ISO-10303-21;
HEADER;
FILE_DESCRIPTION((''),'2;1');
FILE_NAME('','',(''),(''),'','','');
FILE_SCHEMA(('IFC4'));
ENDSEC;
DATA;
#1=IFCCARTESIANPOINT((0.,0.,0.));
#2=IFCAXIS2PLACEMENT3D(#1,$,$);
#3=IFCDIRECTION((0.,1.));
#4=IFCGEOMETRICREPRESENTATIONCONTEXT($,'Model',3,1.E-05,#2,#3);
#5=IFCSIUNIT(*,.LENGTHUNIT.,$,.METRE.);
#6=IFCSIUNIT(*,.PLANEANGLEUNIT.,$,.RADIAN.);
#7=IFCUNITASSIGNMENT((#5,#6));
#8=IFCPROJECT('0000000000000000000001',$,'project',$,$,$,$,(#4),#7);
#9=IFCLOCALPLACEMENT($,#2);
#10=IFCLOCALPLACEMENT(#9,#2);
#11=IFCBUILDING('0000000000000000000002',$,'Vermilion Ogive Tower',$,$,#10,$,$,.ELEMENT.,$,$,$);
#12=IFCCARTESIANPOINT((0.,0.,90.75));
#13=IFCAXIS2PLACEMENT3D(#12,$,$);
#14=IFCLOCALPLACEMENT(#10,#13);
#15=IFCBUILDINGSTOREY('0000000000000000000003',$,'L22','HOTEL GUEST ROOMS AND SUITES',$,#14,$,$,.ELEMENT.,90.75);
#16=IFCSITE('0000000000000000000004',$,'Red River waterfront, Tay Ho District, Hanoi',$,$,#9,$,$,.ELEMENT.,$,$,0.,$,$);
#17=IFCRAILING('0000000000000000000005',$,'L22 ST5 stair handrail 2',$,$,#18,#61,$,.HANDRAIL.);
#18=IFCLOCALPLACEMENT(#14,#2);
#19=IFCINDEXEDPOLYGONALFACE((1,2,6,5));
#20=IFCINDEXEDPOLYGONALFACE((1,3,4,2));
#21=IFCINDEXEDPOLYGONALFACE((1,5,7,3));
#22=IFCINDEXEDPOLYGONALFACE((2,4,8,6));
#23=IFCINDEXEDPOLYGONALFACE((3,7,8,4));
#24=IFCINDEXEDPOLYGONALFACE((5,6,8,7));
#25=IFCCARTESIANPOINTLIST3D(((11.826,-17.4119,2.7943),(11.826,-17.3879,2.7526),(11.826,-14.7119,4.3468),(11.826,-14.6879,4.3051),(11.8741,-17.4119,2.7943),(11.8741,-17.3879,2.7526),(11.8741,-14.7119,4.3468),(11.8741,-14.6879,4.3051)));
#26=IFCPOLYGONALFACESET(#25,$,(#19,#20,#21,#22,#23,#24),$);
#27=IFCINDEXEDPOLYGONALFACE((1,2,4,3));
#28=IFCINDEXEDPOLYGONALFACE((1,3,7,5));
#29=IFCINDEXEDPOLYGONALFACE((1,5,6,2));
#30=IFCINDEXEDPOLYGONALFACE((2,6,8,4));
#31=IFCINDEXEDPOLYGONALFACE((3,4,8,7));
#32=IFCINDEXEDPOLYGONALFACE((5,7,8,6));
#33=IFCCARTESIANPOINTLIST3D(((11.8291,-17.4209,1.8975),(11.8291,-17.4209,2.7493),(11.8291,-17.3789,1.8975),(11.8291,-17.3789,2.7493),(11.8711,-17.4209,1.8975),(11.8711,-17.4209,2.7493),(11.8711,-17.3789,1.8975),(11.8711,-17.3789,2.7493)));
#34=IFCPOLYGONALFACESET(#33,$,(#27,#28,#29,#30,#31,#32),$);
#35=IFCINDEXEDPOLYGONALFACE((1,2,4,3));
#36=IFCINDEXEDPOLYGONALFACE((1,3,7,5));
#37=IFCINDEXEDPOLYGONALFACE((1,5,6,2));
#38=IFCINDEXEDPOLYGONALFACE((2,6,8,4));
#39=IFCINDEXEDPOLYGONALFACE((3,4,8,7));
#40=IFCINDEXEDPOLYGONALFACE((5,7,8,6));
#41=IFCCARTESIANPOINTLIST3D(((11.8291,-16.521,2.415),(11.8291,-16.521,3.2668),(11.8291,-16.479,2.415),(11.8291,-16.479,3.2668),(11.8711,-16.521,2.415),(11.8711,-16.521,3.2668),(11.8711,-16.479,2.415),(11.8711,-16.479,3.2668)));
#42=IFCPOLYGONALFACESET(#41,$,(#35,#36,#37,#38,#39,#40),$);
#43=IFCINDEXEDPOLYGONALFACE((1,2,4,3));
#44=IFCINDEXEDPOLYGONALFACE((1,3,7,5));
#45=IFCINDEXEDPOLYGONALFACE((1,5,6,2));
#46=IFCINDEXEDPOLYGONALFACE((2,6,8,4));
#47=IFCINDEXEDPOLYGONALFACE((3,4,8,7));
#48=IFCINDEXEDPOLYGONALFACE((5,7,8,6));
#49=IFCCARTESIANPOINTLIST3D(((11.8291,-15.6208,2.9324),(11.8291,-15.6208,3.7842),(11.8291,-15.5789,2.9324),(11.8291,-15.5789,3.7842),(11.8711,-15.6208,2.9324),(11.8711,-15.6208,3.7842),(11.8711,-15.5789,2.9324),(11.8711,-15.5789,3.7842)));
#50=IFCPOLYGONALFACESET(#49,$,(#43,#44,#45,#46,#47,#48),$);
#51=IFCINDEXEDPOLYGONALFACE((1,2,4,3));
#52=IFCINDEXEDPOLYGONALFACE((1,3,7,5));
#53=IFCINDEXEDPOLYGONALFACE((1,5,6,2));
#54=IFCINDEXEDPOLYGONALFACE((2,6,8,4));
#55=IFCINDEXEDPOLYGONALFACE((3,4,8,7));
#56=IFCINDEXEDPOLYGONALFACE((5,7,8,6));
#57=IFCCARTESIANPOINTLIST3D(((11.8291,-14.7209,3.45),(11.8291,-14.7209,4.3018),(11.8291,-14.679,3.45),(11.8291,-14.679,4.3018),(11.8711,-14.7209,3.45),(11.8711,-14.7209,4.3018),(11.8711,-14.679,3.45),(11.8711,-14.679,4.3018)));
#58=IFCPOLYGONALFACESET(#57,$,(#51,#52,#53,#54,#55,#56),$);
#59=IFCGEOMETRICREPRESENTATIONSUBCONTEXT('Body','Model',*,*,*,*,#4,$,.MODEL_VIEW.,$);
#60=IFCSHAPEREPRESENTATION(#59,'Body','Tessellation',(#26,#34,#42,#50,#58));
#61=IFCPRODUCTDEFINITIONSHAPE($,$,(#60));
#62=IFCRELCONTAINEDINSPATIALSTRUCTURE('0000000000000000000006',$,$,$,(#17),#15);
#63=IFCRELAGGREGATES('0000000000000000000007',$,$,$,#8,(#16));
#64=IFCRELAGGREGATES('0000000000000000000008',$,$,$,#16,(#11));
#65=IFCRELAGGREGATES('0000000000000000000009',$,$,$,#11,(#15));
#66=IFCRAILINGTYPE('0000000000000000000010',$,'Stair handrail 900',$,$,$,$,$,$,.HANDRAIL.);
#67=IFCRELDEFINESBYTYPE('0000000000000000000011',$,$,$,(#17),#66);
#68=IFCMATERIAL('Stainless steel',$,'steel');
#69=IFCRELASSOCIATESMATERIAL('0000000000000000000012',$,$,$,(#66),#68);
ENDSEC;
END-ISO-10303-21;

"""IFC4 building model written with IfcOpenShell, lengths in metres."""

from ifc_helpers import new_model, si_unit, direction, frame, origin, origin_2d, place, context, subcontext, project, spatial, rectangle, extrude, material, type_object, element, save


model = new_model("IFC4")

# Units and contexts
model_context = context("Model", 3, precision=1e-05, world=origin(), true_north=direction((0.0, 1.0)))
body_context = subcontext(model_context, "Body", "Model", "MODEL_VIEW")
ifc_project = project(units=[si_unit("LENGTHUNIT", "METRE"), si_unit("PLANEANGLEUNIT", "RADIAN")], contexts=[model_context])

# Site, building, storey
site_placement = place(None, origin())
site = spatial("IfcSite", under=ifc_project, at=site_placement, Name="Red River waterfront, Tay Ho District, Hanoi", CompositionType="ELEMENT", RefElevation=0.0)
building_placement = place(site_placement, origin())
building = spatial("IfcBuilding", under=site, at=building_placement, Name="Vermilion Ogive Tower", CompositionType="ELEMENT")
storey_placement = place(building_placement, frame((0.0, 0.0, 90.75)))
storey = spatial("IfcBuildingStorey", under=building, at=storey_placement, Name="L22", Description="HOTEL GUEST ROOMS AND SUITES", CompositionType="ELEMENT", Elevation=90.75)

# Railing
ifc_material_1 = material(Name="Stainless steel", Category="steel")
railing_type_1 = type_object("IfcRailingType", Name="Stair handrail 900", PredefinedType="HANDRAIL", material=ifc_material_1)
railing_1_placement = place(storey_placement, frame((11.8501, -17.3999, 1.8975)))
element("IfcRailing", 1, at=railing_1_placement, inside=storey, type_object=railing_type_1, Name="L22 ST5 stair handrail 2", PredefinedType="HANDRAIL", context=body_context, shape_type="SweptSolid", body=[
    extrude(rectangle(XDim=0.0481, YDim=0.0481, at=origin_2d()), frame((0.0, 0.0, 0.876), z_axis=(0.0, 0.866904, 0.498476), x_axis=(-1.0, 0.0, 0.0)), (0.0, 0.0, 1.0), 3.1145),
    extrude(rectangle(XDim=0.042, YDim=0.042, at=origin_2d()), origin(), (0.0, 0.0, 1.0), 0.8518),
    extrude(rectangle(XDim=0.042, YDim=0.042, at=origin_2d()), frame((0.0, 0.8999, 0.5176)), (0.0, 0.0, 1.0), 0.8518),
    extrude(rectangle(XDim=0.042, YDim=0.042, at=origin_2d()), frame((0.0, 1.8, 1.0349)), (0.0, 0.0, 1.0), 0.8518),
    extrude(rectangle(XDim=0.042, YDim=0.042, at=origin_2d()), frame((0.0, 2.7, 1.5525)), (0.0, 0.0, 1.0), 0.8518),
])

save(model, "model.ifc")
